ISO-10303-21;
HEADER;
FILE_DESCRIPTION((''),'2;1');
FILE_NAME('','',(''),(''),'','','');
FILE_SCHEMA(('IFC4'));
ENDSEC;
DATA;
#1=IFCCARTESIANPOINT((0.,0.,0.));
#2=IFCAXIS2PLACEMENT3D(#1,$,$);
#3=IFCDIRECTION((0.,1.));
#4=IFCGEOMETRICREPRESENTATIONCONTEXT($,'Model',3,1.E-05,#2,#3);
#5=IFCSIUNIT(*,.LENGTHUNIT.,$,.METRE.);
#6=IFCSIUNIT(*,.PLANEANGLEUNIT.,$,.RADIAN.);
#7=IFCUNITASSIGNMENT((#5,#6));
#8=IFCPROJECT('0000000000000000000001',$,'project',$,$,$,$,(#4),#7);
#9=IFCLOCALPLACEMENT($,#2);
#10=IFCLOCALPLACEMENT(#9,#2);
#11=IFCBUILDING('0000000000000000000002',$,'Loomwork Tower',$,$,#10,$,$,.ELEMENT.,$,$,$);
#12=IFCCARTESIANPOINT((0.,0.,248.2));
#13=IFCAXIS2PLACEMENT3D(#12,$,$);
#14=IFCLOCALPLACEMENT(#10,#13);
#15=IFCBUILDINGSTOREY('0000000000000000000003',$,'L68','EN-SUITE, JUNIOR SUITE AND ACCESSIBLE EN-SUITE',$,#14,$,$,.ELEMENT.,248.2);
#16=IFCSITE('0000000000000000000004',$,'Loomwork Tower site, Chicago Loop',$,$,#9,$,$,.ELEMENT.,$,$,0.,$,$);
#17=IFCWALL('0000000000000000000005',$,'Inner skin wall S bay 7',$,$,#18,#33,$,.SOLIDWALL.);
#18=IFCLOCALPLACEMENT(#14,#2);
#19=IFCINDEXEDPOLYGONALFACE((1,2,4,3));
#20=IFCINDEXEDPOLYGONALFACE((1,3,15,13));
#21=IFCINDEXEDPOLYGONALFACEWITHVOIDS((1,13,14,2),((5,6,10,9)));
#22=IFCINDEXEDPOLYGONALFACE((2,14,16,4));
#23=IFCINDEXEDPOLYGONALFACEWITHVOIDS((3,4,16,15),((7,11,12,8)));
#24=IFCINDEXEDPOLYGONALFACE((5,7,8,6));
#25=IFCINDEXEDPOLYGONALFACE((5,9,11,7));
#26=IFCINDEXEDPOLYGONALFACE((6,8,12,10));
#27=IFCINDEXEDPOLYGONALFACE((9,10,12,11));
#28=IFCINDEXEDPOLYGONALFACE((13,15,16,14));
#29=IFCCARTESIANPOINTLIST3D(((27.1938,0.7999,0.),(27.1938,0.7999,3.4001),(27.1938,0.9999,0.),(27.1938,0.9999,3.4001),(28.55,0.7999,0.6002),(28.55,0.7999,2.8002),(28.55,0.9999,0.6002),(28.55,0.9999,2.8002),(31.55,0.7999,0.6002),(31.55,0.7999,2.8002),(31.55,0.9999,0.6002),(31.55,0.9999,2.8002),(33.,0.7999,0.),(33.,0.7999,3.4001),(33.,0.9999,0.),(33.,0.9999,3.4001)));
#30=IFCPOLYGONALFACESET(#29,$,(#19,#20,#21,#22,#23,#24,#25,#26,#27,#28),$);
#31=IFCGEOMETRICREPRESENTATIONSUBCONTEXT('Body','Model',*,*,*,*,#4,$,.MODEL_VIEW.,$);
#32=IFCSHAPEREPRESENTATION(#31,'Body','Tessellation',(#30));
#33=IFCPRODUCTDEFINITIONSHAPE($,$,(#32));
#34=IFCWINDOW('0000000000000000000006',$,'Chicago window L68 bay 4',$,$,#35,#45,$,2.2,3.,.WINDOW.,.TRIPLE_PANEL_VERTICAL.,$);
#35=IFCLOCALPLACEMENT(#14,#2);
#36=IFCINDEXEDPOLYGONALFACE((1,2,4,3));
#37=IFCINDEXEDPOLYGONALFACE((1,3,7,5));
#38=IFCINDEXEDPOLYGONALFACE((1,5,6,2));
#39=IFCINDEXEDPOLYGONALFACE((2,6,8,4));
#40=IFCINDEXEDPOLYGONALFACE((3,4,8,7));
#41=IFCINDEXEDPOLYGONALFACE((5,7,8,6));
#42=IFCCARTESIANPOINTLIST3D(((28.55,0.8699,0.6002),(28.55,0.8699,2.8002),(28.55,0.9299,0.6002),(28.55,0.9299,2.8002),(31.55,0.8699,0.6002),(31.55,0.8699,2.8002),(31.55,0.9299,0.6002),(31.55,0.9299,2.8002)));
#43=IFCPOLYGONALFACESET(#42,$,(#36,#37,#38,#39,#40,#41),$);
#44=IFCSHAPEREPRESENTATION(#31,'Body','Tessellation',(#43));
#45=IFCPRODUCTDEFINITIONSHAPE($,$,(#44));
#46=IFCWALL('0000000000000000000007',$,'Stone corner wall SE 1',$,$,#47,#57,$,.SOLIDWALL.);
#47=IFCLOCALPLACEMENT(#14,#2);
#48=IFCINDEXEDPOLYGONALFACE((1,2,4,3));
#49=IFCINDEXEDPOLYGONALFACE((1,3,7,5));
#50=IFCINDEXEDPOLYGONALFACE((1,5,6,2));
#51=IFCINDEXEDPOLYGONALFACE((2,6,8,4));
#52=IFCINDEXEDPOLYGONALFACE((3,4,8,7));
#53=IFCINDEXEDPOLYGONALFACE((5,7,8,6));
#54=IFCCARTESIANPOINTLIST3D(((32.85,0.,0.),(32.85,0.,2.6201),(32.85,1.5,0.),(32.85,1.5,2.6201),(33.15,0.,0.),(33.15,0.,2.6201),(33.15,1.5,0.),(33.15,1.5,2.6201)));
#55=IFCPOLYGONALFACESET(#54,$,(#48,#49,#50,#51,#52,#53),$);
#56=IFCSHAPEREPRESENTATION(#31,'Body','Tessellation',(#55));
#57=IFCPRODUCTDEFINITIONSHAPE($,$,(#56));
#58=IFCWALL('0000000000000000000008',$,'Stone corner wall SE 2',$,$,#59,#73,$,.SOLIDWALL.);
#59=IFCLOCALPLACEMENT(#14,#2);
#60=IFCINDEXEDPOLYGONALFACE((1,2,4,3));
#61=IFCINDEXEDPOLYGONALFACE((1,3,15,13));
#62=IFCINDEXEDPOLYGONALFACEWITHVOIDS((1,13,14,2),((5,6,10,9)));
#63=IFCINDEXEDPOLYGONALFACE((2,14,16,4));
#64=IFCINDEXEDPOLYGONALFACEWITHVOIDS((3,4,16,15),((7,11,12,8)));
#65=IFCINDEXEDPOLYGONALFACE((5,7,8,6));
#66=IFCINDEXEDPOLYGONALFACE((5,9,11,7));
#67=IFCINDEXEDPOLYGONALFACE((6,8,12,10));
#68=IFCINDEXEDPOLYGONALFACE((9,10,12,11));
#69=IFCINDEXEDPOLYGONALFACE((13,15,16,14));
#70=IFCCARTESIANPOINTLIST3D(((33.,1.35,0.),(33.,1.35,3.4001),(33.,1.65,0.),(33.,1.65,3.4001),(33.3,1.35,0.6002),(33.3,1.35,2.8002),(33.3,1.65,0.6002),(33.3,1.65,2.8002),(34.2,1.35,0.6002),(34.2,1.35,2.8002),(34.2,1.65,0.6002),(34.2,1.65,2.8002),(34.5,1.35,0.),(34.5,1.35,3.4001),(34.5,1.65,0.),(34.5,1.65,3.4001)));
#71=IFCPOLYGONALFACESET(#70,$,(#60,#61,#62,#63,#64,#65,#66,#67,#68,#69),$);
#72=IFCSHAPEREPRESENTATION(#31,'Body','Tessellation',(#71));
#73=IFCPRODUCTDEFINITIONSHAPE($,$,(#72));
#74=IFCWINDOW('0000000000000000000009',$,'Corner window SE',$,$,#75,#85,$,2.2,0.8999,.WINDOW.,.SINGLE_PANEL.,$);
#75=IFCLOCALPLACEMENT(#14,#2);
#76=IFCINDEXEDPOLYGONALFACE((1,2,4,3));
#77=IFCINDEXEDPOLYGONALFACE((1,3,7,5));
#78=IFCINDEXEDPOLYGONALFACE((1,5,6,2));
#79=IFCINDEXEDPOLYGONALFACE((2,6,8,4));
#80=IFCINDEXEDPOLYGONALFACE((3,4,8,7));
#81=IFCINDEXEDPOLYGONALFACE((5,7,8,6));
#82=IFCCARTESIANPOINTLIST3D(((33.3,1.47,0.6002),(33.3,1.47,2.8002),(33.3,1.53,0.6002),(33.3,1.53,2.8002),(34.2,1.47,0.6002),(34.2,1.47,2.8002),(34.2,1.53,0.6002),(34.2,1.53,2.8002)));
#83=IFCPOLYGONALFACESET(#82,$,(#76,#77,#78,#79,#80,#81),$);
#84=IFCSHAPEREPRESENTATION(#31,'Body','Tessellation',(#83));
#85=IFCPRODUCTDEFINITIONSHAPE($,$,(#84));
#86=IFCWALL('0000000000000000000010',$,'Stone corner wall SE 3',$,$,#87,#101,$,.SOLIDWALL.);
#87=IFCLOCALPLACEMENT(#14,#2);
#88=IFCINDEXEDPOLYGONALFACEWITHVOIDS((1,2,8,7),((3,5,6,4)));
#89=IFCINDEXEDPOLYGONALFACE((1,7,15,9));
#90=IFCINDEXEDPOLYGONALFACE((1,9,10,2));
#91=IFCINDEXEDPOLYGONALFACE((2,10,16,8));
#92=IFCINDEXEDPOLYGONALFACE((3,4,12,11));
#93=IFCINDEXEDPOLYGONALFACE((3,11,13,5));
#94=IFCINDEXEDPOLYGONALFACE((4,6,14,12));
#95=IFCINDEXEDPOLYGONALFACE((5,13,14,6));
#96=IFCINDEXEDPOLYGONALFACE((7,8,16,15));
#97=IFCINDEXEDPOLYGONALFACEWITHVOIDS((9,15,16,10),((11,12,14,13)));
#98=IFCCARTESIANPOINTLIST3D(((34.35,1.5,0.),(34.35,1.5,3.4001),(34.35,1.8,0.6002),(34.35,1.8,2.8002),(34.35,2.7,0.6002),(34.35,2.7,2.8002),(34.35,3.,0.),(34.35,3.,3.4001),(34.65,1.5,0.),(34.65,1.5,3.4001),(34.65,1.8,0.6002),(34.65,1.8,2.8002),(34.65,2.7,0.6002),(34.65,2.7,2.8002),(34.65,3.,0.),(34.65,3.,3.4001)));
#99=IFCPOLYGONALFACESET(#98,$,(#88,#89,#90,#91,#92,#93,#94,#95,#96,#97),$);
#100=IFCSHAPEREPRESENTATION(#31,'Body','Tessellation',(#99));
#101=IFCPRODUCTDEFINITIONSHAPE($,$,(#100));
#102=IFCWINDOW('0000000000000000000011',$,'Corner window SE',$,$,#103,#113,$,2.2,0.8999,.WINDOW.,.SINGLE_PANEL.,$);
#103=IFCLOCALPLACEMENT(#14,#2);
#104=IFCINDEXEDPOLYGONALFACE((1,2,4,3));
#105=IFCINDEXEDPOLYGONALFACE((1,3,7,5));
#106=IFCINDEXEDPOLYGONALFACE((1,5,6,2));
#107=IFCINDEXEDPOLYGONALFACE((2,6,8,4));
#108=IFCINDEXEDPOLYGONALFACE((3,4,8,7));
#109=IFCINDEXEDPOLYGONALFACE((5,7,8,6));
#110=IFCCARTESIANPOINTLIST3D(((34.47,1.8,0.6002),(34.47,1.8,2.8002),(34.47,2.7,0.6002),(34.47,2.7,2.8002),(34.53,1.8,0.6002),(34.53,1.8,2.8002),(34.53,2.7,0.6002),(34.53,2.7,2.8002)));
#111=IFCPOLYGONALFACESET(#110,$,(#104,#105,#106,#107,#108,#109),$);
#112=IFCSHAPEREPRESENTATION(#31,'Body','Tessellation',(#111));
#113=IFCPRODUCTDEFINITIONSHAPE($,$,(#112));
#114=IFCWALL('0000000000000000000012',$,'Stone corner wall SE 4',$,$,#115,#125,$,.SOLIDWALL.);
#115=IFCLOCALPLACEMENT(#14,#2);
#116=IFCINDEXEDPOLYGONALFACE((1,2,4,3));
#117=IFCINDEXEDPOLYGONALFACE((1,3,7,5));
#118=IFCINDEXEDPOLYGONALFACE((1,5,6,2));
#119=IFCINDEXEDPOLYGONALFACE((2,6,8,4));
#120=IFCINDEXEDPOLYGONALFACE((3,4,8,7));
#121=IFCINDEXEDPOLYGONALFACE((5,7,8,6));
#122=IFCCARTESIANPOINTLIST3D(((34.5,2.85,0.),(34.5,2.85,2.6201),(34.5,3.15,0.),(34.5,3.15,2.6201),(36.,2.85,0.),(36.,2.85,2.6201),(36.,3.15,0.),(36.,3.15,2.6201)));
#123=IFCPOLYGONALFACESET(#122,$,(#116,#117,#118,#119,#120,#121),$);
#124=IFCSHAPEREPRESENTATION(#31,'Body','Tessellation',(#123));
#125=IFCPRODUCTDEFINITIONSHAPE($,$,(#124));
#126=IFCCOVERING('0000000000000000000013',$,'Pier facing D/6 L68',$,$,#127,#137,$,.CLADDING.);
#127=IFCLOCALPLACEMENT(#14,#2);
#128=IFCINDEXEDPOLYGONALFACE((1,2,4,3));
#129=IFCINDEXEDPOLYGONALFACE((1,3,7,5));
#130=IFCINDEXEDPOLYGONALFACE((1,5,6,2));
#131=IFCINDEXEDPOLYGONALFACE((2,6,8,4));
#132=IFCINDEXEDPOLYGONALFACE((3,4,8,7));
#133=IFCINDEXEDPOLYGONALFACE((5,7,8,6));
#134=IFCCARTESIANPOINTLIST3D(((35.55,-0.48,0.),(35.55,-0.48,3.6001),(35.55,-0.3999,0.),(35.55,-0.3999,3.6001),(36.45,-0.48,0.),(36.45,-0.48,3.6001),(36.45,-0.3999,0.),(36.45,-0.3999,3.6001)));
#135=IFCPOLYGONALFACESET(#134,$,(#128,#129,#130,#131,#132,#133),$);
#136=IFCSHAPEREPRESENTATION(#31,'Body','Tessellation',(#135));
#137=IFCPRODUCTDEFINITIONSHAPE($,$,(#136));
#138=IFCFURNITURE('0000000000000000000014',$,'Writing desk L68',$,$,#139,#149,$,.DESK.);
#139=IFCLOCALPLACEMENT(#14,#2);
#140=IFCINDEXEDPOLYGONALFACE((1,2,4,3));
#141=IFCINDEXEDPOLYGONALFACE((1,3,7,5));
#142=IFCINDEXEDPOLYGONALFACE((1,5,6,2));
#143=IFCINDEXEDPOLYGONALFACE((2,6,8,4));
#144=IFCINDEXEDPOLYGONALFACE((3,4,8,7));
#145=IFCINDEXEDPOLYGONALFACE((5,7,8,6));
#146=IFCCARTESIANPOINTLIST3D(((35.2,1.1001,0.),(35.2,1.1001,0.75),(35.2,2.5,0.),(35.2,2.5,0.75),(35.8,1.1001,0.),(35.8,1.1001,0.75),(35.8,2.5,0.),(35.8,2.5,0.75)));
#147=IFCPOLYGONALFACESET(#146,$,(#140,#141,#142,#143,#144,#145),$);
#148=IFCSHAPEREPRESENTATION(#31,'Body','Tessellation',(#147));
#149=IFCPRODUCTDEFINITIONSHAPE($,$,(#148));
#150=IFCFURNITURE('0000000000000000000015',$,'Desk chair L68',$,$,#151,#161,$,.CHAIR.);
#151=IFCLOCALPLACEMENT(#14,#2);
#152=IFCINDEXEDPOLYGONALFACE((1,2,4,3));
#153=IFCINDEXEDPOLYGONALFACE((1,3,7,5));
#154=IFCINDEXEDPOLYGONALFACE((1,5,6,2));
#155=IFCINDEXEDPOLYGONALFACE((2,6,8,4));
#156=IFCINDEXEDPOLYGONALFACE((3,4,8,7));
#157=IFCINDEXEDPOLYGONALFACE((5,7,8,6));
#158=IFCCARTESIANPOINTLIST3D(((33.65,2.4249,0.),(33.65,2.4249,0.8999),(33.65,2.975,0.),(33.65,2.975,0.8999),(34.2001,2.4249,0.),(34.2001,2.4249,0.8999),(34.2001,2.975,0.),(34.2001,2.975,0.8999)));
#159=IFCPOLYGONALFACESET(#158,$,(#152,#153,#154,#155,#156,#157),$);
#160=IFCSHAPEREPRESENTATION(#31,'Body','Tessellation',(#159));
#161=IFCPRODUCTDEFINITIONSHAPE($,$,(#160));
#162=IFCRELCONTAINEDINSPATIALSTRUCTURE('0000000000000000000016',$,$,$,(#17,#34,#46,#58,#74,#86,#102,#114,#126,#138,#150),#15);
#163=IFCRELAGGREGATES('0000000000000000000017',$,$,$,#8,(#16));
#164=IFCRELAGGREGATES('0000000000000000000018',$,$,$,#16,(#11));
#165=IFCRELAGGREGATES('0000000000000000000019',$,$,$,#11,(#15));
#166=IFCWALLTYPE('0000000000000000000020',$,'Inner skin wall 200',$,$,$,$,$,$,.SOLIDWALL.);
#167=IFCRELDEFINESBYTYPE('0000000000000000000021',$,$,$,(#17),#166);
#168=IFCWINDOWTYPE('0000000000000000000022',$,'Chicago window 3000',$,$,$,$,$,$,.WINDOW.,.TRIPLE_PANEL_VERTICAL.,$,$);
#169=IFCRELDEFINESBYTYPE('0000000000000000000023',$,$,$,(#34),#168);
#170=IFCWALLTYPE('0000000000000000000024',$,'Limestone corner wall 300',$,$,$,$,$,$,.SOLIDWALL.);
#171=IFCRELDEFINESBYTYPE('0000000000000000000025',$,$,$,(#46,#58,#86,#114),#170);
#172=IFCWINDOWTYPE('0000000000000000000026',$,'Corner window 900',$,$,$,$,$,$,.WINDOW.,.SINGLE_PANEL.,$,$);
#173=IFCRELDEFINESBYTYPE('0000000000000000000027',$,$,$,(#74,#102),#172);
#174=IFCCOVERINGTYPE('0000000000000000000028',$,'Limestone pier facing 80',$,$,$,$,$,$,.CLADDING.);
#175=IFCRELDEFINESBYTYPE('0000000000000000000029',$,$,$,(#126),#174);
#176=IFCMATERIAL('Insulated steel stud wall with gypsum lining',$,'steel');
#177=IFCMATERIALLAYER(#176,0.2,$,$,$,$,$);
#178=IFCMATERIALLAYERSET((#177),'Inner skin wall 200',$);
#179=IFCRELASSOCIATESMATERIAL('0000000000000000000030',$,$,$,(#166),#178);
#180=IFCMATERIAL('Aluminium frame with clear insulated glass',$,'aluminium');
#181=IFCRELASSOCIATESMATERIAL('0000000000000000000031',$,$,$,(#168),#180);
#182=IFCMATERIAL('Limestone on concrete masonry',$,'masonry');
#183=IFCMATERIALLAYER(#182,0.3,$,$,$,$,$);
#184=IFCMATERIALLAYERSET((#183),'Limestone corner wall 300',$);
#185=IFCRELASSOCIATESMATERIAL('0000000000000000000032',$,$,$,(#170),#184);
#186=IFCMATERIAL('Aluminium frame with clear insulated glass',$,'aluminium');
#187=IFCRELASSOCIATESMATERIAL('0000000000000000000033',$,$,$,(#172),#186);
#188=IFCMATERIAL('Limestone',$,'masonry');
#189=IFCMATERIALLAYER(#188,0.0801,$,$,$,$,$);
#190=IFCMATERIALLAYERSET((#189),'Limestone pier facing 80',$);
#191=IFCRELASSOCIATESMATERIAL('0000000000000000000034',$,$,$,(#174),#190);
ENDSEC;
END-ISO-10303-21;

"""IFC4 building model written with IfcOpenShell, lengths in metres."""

from ifc_helpers import new_model, si_unit, direction, frame, frame_2d, origin, origin_2d, place, context, subcontext, project, spatial, rectangle, extrude, material, layer, layer_set, type_object, element, fill, save


model = new_model("IFC4")

# Units and contexts
model_context = context("Model", 3, precision=1e-05, world=origin(), true_north=direction((0.0, 1.0)))
body_context = subcontext(model_context, "Body", "Model", "MODEL_VIEW")
ifc_project = project(units=[si_unit("LENGTHUNIT", "METRE"), si_unit("PLANEANGLEUNIT", "RADIAN")], contexts=[model_context])

# Site, building, storey
site_placement = place(None, origin())
site = spatial("IfcSite", under=ifc_project, at=site_placement, Name="Loomwork Tower site, Chicago Loop", CompositionType="ELEMENT", RefElevation=0.0)
building_placement = place(site_placement, origin())
building = spatial("IfcBuilding", under=site, at=building_placement, Name="Loomwork Tower", CompositionType="ELEMENT")
storey_placement = place(building_placement, frame((0.0, 0.0, 248.2)))
storey = spatial("IfcBuildingStorey", under=building, at=storey_placement, Name="L68", Description="EN-SUITE, JUNIOR SUITE AND ACCESSIBLE EN-SUITE", CompositionType="ELEMENT", Elevation=248.2)

# Wall, opening, window
ifc_material_1 = material(Name="Insulated steel stud wall with gypsum lining", Category="steel")
ifc_layer_1 = layer(ifc_material_1, 0.2)
ifc_layer_set_1 = layer_set([ifc_layer_1], Name="Inner skin wall 200")
wall_type_1 = type_object("IfcWallType", Name="Inner skin wall 200", PredefinedType="SOLIDWALL", material=ifc_layer_set_1)
wall_1_placement = place(storey_placement, frame((27.1938, 0.8999, 0.0), z_axis=(0.0, 0.0, 1.0), x_axis=(1.0, 0.0, 0.0)))
wall_1 = element("IfcWall", 1, at=wall_1_placement, inside=storey, type_object=wall_type_1, Name="Inner skin wall S bay 7", PredefinedType="SOLIDWALL", context=body_context, shape_type="SweptSolid", body=[
    extrude(rectangle(XDim=5.8062, YDim=0.2, at=frame_2d((2.9031, 0.0))), origin(), (0.0, 0.0, 1.0), 3.4001),
])
opening_1_placement = place(wall_1_placement, frame((1.3562, 0.0, 0.6001)))
opening_1 = element("IfcOpeningElement", 2, at=opening_1_placement, cuts=wall_1, PredefinedType="OPENING", context=body_context, shape_type="SweptSolid", body=[
    extrude(rectangle(XDim=3.0, YDim=2.2, at=frame_2d((1.5, 1.1001))), frame((0.0, 0.1099, 0.0), z_axis=(0.0, -1.0, 0.0), x_axis=(1.0, 0.0, 0.0)), (0.0, 0.0, 1.0), 0.22),
])
ifc_material_2 = material(Name="Aluminium frame with clear insulated glass", Category="aluminium")
window_type_1 = type_object("IfcWindowType", Name="Chicago window 3000", PartitioningType="TRIPLE_PANEL_VERTICAL", PredefinedType="WINDOW", material=ifc_material_2)
window_1_placement = place(opening_1_placement, origin())
window_1 = element("IfcWindow", 3, at=window_1_placement, inside=storey, type_object=window_type_1, Name="Chicago window L68 bay 4", OverallHeight=2.2, OverallWidth=3.0, PartitioningType="TRIPLE_PANEL_VERTICAL", PredefinedType="WINDOW", context=body_context, shape_type="SweptSolid", body=[
    extrude(rectangle(XDim=3.0, YDim=2.2, at=frame_2d((1.5, 1.1001))), frame((0.0, 0.03, 0.0), z_axis=(0.0, -1.0, 0.0), x_axis=(1.0, 0.0, 0.0)), (0.0, 0.0, 1.0), 0.0601),
])
fill(opening_1, window_1)

# Wall
ifc_material_3 = material(Name="Limestone on concrete masonry", Category="masonry")
ifc_layer_2 = layer(ifc_material_3, 0.3)
ifc_layer_set_2 = layer_set([ifc_layer_2], Name="Limestone corner wall 300")
wall_type_2 = type_object("IfcWallType", Name="Limestone corner wall 300", PredefinedType="SOLIDWALL", material=ifc_layer_set_2)
wall_2_placement = place(storey_placement, frame((33.0, 0.0, 0.0), z_axis=(0.0, 0.0, 1.0), x_axis=(0.0, 1.0, 0.0)))
element("IfcWall", 4, at=wall_2_placement, inside=storey, type_object=wall_type_2, Name="Stone corner wall SE 1", PredefinedType="SOLIDWALL", context=body_context, shape_type="SweptSolid", body=[
    extrude(rectangle(XDim=1.5, YDim=0.3, at=frame_2d((0.75, 0.0))), origin(), (0.0, 0.0, 1.0), 2.6201),
])

# Walls, openings, windows
wall_3_placement = place(storey_placement, frame((33.0, 1.5, 0.0), z_axis=(0.0, 0.0, 1.0), x_axis=(1.0, 0.0, 0.0)))
wall_3 = element("IfcWall", 5, at=wall_3_placement, inside=storey, type_object=wall_type_2, Name="Stone corner wall SE 2", PredefinedType="SOLIDWALL", context=body_context, shape_type="SweptSolid", body=[
    extrude(rectangle(XDim=1.5, YDim=0.3, at=frame_2d((0.75, 0.0))), origin(), (0.0, 0.0, 1.0), 3.4001),
])
opening_2_placement = place(wall_3_placement, frame((0.3, 0.0, 0.6001)))
opening_2 = element("IfcOpeningElement", 6, at=opening_2_placement, cuts=wall_3, PredefinedType="OPENING", context=body_context, shape_type="SweptSolid", body=[
    extrude(rectangle(XDim=0.8999, YDim=2.2, at=frame_2d((0.45, 1.1001))), frame((0.0, 0.1599, 0.0), z_axis=(0.0, -1.0, 0.0), x_axis=(1.0, 0.0, 0.0)), (0.0, 0.0, 1.0), 0.3201),
])
ifc_material_4 = material(Name="Aluminium frame with clear insulated glass", Category="aluminium")
window_type_2 = type_object("IfcWindowType", Name="Corner window 900", PartitioningType="SINGLE_PANEL", PredefinedType="WINDOW", material=ifc_material_4)
window_2_placement = place(opening_2_placement, origin())
window_2 = element("IfcWindow", 7, at=window_2_placement, inside=storey, type_object=window_type_2, Name="Corner window SE", OverallHeight=2.2, OverallWidth=0.8999, PartitioningType="SINGLE_PANEL", PredefinedType="WINDOW", context=body_context, shape_type="SweptSolid", body=[
    extrude(rectangle(XDim=0.8999, YDim=2.2, at=frame_2d((0.45, 1.1001))), frame((0.0, 0.03, 0.0), z_axis=(0.0, -1.0, 0.0), x_axis=(1.0, 0.0, 0.0)), (0.0, 0.0, 1.0), 0.0601),
])
fill(opening_2, window_2)
wall_4_placement = place(storey_placement, frame((34.5, 1.5, 0.0), z_axis=(0.0, 0.0, 1.0), x_axis=(0.0, 1.0, 0.0)))
wall_4 = element("IfcWall", 8, at=wall_4_placement, inside=storey, type_object=wall_type_2, Name="Stone corner wall SE 3", PredefinedType="SOLIDWALL", context=body_context, shape_type="SweptSolid", body=[
    extrude(rectangle(XDim=1.5, YDim=0.3, at=frame_2d((0.75, 0.0))), origin(), (0.0, 0.0, 1.0), 3.4001),
])
opening_3_placement = place(wall_4_placement, frame((0.3, 0.0, 0.6001)))
opening_3 = element("IfcOpeningElement", 9, at=opening_3_placement, cuts=wall_4, PredefinedType="OPENING", context=body_context, shape_type="SweptSolid", body=[
    extrude(rectangle(XDim=0.8999, YDim=2.2, at=frame_2d((0.45, 1.1001))), frame((0.0, 0.1599, 0.0), z_axis=(0.0, -1.0, 0.0), x_axis=(1.0, 0.0, 0.0)), (0.0, 0.0, 1.0), 0.3201),
])
window_3_placement = place(opening_3_placement, origin())
window_3 = element("IfcWindow", 10, at=window_3_placement, inside=storey, type_object=window_type_2, Name="Corner window SE", OverallHeight=2.2, OverallWidth=0.8999, PartitioningType="SINGLE_PANEL", PredefinedType="WINDOW", context=body_context, shape_type="SweptSolid", body=[
    extrude(rectangle(XDim=0.8999, YDim=2.2, at=frame_2d((0.45, 1.1001))), frame((0.0, 0.03, 0.0), z_axis=(0.0, -1.0, 0.0), x_axis=(1.0, 0.0, 0.0)), (0.0, 0.0, 1.0), 0.0601),
])
fill(opening_3, window_3)

# Wall
wall_5_placement = place(storey_placement, frame((34.5, 3.0, 0.0), z_axis=(0.0, 0.0, 1.0), x_axis=(1.0, 0.0, 0.0)))
element("IfcWall", 11, at=wall_5_placement, inside=storey, type_object=wall_type_2, Name="Stone corner wall SE 4", PredefinedType="SOLIDWALL", context=body_context, shape_type="SweptSolid", body=[
    extrude(rectangle(XDim=1.5, YDim=0.3, at=frame_2d((0.75, 0.0))), origin(), (0.0, 0.0, 1.0), 2.6201),
])

# Covering
ifc_material_5 = material(Name="Limestone", Category="masonry")
ifc_layer_3 = layer(ifc_material_5, 0.0801)
ifc_layer_set_3 = layer_set([ifc_layer_3], Name="Limestone pier facing 80")
covering_type = type_object("IfcCoveringType", Name="Limestone pier facing 80", PredefinedType="CLADDING", material=ifc_layer_set_3)
covering_placement = place(storey_placement, frame((36.0, -0.4399, 0.0), z_axis=(0.0, 0.0, 1.0), x_axis=(1.0, 0.0, 0.0)))
element("IfcCovering", 12, at=covering_placement, inside=storey, type_object=covering_type, Name="Pier facing D/6 L68", PredefinedType="CLADDING", context=body_context, shape_type="SweptSolid", body=[
    extrude(rectangle(XDim=0.8999, YDim=0.0801, at=origin_2d()), origin(), (0.0, 0.0, 1.0), 3.6001),
])

# Furniture
furniture_1_placement = place(storey_placement, frame((35.5, 1.8, 0.0), z_axis=(0.0, 0.0, 1.0), x_axis=(1.0, 0.0, 0.0)))
element("IfcFurniture", 13, at=furniture_1_placement, inside=storey, Name="Writing desk L68", PredefinedType="DESK", context=body_context, shape_type="SweptSolid", body=[
    extrude(rectangle(XDim=0.6001, YDim=1.3999, at=origin_2d()), origin(), (0.0, 0.0, 1.0), 0.75),
])
furniture_2_placement = place(storey_placement, frame((33.925, 2.7, 0.0), z_axis=(0.0, 0.0, 1.0), x_axis=(1.0, 0.0, 0.0)))
element("IfcFurniture", 14, at=furniture_2_placement, inside=storey, Name="Desk chair L68", PredefinedType="CHAIR", context=body_context, shape_type="SweptSolid", body=[
    extrude(rectangle(XDim=0.55, YDim=0.55, at=origin_2d()), origin(), (0.0, 0.0, 1.0), 0.8999),
])

save(model, "model.ifc")
